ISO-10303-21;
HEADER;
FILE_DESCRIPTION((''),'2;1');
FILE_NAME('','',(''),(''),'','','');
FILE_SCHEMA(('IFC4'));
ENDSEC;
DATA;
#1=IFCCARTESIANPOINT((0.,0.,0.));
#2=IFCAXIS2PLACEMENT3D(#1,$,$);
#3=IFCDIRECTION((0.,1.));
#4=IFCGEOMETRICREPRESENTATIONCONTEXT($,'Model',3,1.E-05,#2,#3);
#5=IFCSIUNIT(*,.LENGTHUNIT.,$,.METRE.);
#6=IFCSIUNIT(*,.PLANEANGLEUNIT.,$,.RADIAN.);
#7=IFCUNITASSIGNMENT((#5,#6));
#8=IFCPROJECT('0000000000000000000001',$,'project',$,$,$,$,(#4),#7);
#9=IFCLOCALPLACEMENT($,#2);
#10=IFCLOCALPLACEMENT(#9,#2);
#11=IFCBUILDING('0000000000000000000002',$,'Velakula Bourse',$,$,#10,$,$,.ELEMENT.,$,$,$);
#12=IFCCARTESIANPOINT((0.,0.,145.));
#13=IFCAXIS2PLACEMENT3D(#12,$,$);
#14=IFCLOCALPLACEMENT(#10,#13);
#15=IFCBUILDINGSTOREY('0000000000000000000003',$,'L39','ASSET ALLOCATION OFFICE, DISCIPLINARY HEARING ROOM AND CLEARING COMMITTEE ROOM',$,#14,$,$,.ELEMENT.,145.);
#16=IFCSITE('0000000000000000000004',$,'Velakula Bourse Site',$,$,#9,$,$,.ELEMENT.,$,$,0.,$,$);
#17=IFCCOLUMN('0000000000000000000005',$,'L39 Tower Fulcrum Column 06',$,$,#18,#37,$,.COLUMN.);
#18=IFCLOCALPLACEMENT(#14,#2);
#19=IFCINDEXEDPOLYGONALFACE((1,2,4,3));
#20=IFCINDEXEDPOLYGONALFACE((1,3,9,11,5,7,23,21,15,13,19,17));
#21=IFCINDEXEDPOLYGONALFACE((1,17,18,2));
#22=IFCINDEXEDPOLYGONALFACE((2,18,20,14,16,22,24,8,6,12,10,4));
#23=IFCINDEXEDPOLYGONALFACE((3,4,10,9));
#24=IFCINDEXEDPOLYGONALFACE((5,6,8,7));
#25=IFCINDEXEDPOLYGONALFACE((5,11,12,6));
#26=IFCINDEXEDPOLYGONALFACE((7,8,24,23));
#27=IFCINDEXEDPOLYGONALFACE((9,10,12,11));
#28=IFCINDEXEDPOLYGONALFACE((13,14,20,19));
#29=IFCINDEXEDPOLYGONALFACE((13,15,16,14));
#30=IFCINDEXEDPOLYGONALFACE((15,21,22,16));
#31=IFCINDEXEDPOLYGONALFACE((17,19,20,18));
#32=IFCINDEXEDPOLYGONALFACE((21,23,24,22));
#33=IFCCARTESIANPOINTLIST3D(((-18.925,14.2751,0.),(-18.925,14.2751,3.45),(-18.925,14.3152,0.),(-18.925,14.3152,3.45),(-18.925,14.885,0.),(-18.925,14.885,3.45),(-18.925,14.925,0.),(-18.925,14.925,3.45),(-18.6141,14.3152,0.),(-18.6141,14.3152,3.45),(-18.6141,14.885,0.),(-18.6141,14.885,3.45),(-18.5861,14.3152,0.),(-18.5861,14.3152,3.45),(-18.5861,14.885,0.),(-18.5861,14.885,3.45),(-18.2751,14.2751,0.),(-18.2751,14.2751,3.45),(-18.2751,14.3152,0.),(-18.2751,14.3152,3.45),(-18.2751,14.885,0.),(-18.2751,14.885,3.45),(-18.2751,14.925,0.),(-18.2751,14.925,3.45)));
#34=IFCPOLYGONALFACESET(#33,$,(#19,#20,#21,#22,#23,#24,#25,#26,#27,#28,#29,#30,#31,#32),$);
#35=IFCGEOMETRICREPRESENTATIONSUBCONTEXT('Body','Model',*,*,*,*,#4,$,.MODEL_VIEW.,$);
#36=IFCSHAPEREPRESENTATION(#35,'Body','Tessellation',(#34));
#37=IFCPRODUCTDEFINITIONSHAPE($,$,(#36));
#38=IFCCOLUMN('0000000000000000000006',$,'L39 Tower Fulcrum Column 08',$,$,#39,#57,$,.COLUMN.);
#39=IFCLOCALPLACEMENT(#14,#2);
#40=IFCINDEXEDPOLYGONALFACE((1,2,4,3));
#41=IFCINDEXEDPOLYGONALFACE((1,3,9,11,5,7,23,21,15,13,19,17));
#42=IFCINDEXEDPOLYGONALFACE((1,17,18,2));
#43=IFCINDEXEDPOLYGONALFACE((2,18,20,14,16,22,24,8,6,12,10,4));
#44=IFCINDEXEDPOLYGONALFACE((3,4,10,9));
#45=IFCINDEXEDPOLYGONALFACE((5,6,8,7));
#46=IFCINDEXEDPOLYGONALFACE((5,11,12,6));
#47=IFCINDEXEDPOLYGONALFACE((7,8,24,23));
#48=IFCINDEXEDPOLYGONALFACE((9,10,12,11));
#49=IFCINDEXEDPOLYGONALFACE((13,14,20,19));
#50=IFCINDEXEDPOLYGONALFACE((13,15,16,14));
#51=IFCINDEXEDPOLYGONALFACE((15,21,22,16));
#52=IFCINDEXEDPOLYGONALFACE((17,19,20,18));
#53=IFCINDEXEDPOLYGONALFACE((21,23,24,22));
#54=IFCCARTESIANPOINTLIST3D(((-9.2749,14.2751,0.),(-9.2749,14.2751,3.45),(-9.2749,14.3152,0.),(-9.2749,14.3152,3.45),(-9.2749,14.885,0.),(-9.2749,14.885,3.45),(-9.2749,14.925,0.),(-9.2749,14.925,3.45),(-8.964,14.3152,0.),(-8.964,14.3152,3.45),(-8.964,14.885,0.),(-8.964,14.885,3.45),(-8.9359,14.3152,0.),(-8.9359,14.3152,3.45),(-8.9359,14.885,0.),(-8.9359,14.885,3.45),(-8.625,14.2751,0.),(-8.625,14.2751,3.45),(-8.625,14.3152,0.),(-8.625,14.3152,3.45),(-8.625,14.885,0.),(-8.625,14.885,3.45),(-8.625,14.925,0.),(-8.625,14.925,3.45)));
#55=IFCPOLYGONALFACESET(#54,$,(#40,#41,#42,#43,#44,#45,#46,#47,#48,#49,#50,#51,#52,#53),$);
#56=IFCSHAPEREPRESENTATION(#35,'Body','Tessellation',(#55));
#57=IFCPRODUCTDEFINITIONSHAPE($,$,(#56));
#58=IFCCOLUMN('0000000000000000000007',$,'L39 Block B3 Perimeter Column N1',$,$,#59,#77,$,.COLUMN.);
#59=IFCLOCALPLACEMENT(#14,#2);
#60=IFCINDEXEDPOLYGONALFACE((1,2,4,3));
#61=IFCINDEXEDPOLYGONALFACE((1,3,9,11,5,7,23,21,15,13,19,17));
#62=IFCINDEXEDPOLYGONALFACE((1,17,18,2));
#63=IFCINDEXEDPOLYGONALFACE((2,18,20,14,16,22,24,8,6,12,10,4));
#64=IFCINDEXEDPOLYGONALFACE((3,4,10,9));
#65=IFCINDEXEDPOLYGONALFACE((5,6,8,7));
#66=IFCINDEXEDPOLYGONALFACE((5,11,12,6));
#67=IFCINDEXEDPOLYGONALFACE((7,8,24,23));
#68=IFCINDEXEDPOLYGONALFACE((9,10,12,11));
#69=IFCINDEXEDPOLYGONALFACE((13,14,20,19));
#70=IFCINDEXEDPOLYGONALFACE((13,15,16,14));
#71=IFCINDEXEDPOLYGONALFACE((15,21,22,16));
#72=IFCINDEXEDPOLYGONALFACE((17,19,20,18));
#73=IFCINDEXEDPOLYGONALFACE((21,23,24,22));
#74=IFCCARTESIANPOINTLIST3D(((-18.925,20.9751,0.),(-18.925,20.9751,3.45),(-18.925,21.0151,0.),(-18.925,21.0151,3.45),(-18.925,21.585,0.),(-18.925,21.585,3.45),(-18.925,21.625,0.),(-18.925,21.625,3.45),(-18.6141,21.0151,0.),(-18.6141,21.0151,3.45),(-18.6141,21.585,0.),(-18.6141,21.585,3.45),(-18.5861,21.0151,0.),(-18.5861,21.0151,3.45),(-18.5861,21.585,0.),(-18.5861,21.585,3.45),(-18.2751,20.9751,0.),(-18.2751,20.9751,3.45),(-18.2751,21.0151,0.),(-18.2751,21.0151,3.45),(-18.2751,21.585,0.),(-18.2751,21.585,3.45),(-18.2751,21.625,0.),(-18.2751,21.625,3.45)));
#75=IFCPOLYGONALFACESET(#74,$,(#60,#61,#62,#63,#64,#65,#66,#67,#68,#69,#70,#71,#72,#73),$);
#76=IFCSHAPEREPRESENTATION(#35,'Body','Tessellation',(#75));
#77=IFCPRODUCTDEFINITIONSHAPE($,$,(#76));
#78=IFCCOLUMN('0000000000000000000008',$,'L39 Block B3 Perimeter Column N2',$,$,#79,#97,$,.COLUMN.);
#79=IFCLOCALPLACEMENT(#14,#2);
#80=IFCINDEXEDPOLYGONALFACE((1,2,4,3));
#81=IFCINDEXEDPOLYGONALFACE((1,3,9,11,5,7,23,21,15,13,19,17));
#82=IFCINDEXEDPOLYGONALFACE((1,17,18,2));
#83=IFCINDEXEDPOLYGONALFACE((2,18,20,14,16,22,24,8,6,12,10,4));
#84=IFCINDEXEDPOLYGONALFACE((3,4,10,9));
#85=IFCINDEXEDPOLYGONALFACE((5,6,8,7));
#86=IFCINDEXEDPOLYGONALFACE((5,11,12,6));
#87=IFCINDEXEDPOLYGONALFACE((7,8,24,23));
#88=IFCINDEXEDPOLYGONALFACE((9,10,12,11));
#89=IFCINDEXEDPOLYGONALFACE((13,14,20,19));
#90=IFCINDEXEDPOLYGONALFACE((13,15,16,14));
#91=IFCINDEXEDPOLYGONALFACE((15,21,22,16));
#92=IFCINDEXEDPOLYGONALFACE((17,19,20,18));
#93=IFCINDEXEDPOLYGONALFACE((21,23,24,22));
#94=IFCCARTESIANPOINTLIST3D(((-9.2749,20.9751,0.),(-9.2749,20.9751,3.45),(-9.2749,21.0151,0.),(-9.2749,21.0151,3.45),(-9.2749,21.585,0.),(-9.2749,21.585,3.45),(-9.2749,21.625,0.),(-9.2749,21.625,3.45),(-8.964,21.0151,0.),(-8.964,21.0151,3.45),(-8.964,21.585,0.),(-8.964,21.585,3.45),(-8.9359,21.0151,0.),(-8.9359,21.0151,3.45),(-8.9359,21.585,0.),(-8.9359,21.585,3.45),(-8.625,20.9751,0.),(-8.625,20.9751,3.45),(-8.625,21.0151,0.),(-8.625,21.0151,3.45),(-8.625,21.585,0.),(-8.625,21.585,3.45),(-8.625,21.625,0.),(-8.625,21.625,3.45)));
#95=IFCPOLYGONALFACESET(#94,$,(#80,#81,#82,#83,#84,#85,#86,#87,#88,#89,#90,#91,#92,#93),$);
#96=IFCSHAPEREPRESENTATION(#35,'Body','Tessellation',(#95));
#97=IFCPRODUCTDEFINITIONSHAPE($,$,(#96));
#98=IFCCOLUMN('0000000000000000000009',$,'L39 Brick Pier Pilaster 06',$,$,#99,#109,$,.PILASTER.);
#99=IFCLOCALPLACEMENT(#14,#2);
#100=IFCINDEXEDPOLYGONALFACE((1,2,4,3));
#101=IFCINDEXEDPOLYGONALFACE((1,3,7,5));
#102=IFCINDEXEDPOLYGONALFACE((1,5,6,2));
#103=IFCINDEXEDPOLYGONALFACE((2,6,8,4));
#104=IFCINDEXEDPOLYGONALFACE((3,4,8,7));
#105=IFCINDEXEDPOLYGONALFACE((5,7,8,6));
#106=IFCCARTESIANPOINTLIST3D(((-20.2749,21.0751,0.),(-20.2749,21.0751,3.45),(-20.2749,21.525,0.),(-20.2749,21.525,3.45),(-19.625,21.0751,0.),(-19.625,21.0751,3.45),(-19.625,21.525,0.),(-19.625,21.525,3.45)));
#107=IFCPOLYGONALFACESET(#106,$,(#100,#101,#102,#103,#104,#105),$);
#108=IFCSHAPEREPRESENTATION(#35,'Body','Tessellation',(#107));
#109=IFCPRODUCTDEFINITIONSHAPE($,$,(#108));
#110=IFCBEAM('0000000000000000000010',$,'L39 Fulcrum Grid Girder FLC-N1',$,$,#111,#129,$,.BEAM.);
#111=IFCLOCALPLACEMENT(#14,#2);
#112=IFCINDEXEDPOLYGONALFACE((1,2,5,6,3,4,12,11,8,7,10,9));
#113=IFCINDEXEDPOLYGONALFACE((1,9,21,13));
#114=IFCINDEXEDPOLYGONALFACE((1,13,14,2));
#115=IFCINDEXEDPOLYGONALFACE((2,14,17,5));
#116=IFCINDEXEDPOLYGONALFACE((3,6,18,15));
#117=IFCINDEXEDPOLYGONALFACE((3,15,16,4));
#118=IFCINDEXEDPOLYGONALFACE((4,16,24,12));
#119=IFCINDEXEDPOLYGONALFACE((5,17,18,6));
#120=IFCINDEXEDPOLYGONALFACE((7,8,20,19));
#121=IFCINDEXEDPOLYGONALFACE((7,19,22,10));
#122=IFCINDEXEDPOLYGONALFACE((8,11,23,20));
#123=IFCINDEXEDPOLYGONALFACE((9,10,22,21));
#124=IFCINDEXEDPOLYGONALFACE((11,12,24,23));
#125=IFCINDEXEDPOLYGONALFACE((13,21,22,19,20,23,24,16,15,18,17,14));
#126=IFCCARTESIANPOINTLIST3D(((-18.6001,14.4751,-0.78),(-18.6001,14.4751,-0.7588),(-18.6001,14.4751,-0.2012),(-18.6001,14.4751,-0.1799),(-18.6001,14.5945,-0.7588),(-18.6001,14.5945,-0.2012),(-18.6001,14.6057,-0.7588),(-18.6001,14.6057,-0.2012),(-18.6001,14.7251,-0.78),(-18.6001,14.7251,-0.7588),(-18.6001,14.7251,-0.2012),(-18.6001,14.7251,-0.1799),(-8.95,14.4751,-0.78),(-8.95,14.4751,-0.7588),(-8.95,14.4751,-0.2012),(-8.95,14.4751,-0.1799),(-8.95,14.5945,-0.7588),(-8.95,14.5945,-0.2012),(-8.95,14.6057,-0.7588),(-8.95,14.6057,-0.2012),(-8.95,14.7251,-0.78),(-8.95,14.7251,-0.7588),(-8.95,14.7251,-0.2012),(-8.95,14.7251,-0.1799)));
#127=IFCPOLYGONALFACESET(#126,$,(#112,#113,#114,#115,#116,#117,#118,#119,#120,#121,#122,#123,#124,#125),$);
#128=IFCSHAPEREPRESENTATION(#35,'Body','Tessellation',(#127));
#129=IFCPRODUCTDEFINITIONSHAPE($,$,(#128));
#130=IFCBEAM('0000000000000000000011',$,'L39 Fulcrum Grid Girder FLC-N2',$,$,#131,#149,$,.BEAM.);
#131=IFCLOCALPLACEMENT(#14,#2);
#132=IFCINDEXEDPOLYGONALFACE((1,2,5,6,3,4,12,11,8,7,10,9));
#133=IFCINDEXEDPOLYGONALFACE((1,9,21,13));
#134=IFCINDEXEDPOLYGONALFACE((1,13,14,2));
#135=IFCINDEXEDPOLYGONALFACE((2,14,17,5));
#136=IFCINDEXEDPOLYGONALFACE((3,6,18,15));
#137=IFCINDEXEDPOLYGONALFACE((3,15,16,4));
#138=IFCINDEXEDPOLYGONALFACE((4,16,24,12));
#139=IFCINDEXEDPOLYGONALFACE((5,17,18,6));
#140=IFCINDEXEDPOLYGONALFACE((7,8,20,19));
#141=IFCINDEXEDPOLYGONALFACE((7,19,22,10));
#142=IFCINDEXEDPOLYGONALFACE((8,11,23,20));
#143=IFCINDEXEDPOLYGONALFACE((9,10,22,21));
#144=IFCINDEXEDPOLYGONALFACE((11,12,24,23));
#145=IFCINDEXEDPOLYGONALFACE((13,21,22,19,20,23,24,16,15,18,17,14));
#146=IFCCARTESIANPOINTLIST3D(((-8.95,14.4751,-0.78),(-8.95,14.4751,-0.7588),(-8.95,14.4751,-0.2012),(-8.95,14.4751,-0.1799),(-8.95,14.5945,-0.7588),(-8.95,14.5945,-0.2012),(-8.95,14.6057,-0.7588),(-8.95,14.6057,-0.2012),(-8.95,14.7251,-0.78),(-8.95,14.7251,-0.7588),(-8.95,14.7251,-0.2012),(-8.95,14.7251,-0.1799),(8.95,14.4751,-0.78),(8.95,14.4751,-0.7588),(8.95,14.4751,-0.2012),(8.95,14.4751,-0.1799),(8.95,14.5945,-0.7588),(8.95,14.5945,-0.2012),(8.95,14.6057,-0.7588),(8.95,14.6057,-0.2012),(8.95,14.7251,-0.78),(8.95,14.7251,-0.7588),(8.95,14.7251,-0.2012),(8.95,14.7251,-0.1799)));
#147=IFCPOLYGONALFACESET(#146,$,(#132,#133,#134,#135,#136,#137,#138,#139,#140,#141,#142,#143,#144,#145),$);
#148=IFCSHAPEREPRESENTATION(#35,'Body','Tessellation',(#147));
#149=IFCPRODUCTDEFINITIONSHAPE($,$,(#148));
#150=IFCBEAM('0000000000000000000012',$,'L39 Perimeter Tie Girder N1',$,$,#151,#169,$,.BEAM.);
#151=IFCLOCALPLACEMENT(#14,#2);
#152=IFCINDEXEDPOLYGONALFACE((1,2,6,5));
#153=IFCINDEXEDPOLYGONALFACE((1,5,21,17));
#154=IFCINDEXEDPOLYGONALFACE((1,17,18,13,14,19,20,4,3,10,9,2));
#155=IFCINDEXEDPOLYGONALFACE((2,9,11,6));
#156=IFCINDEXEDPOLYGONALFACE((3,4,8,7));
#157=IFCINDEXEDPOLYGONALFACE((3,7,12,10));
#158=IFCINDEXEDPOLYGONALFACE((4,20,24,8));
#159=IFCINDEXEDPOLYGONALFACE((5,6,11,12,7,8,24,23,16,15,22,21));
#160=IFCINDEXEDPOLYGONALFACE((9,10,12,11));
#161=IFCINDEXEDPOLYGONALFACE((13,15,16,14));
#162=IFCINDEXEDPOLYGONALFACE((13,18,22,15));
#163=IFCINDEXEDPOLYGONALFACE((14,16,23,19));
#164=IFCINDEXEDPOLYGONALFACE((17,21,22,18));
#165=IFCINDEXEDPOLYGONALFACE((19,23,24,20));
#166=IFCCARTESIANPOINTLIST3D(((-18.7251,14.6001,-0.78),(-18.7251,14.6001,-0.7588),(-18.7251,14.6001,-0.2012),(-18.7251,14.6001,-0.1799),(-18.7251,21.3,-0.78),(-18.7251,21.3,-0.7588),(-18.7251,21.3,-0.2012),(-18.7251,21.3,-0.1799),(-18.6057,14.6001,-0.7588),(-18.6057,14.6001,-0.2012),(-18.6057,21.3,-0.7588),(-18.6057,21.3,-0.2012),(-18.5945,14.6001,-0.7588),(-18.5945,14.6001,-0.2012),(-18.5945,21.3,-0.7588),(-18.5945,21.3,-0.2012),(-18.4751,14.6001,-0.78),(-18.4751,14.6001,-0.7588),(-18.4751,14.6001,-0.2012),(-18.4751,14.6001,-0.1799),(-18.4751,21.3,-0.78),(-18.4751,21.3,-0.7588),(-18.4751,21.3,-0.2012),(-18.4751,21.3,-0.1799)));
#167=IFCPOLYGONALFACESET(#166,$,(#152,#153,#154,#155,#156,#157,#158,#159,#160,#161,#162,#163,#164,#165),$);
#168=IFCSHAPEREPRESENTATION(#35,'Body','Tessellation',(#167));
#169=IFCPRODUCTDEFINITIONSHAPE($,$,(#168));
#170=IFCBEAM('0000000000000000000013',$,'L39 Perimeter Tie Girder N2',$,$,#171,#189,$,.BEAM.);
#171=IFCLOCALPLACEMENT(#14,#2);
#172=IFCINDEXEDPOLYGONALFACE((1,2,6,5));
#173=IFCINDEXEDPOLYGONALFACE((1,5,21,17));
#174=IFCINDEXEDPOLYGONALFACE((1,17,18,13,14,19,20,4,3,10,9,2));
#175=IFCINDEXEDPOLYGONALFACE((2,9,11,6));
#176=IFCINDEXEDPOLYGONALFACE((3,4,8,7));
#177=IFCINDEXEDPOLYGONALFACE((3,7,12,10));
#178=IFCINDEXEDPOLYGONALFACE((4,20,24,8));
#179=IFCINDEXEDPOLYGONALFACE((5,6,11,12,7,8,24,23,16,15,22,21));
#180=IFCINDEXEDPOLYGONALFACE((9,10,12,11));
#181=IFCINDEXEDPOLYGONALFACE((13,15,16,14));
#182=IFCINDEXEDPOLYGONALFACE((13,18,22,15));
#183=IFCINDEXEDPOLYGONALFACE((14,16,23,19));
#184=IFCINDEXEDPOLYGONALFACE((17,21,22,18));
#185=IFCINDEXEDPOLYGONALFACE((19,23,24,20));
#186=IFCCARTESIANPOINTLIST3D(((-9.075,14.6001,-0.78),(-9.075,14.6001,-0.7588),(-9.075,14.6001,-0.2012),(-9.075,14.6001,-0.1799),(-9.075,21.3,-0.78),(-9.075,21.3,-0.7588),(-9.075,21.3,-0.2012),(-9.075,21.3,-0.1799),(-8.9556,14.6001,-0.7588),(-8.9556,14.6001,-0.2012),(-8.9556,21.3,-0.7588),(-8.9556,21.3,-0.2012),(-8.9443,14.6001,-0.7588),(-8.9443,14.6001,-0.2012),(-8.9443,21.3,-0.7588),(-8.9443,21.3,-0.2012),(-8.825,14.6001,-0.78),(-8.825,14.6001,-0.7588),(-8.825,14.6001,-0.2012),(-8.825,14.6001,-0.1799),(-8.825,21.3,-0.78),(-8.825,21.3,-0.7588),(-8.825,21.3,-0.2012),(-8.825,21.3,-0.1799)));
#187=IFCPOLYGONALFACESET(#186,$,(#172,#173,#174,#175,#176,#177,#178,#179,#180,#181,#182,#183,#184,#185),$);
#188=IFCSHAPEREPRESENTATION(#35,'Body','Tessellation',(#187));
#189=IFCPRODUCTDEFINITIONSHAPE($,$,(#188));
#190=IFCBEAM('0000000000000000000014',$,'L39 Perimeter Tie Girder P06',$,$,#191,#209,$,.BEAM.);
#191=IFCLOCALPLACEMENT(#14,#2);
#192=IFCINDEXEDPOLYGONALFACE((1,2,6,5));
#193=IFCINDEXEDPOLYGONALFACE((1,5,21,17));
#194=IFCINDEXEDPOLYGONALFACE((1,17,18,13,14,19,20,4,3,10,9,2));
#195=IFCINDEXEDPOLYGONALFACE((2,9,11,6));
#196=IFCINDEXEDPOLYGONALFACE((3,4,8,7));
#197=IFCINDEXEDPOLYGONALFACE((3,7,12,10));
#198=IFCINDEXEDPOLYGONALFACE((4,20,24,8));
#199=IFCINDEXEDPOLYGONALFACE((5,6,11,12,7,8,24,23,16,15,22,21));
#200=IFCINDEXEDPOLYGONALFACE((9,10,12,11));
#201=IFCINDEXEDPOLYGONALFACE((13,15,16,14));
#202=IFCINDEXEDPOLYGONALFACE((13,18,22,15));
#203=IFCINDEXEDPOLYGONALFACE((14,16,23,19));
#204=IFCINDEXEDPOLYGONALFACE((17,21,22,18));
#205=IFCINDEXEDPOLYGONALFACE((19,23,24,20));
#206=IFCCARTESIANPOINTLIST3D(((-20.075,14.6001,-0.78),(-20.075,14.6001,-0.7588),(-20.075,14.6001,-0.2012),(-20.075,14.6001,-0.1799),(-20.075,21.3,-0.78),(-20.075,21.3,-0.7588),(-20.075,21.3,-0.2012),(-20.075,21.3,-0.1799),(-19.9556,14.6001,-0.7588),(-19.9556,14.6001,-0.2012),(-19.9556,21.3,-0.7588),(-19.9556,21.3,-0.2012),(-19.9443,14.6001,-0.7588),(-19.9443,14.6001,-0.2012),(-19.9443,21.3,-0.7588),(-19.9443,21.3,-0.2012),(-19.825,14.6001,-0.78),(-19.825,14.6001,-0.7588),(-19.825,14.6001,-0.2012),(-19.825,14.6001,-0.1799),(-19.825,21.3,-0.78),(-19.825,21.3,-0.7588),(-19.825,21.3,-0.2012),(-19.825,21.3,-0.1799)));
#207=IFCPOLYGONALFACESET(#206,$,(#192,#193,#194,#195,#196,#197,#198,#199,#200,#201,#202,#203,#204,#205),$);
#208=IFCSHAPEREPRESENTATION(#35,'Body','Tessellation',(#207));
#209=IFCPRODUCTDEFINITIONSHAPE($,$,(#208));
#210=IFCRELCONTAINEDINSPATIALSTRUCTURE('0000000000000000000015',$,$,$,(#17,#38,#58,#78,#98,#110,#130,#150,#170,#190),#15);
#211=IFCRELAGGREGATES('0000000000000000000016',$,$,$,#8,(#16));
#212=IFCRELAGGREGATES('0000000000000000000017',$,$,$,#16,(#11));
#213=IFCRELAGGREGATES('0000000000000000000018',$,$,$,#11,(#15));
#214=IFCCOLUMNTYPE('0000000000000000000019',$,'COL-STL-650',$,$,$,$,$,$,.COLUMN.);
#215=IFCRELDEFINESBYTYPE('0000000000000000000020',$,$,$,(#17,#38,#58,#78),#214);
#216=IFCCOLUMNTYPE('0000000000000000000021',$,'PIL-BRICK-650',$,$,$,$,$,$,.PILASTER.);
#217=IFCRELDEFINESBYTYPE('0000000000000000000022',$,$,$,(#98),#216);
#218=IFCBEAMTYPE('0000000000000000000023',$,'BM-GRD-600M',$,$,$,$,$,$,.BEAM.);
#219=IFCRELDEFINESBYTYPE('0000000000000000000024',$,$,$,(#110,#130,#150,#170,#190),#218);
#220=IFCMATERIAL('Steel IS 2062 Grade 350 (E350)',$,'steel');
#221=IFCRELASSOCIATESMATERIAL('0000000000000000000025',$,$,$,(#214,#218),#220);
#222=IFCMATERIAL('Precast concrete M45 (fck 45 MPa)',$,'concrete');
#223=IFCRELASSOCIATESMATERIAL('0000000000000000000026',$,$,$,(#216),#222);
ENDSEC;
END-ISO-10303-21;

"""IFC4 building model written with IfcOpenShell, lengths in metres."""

from ifc_helpers import new_model, si_unit, direction, frame, origin, origin_2d, place, context, subcontext, project, spatial, rectangle, i_section, extrude, material, material_profile, profile_set, type_object, element, save


model = new_model("IFC4")

# Units and contexts
model_context = context("Model", 3, precision=1e-05, world=origin(), true_north=direction((0.0, 1.0)))
body_context = subcontext(model_context, "Body", "Model", "MODEL_VIEW")
ifc_project = project(units=[si_unit("LENGTHUNIT", "METRE"), si_unit("PLANEANGLEUNIT", "RADIAN")], contexts=[model_context])

# Site, building, storey
site_placement = place(None, origin())
site = spatial("IfcSite", under=ifc_project, at=site_placement, Name="Velakula Bourse Site", CompositionType="ELEMENT", RefElevation=0.0)
building_placement = place(site_placement, origin())
building = spatial("IfcBuilding", under=site, at=building_placement, Name="Velakula Bourse", CompositionType="ELEMENT")
storey_placement = place(building_placement, frame((0.0, 0.0, 145.0)))
storey = spatial("IfcBuildingStorey", under=building, at=storey_placement, Name="L39", Description="ASSET ALLOCATION OFFICE, DISCIPLINARY HEARING ROOM AND CLEARING COMMITTEE ROOM", CompositionType="ELEMENT", Elevation=145.0)

# Columns
ifc_material_1 = material(Name="Steel IS 2062 Grade 350 (E350)", Category="steel")
ifc_material_profile_1 = material_profile(ifc_material_1, i_section(OverallWidth=0.6499, OverallDepth=0.6499, WebThickness=0.0281, FlangeThickness=0.04, at=origin_2d()), Name="Steel IS 2062 Grade 350 (E350)")
ifc_profile_set_1 = profile_set([ifc_material_profile_1], Name="Steel IS 2062 Grade 350 (E350)")
column_type_1 = type_object("IfcColumnType", Name="COL-STL-650", PredefinedType="COLUMN", material=ifc_profile_set_1)
for number, where, z_axis, x_axis, name in (
    (1, (-18.6001, 14.6001, 0.0), (0.0, 0.0, 1.0), (1.0, 0.0, 0.0), "L39 Tower Fulcrum Column 06"),
    (2, (-8.95, 14.6001, 0.0), (0.0, 0.0, 1.0), (1.0, 0.0, 0.0), "L39 Tower Fulcrum Column 08"),
    (3, (-18.6001, 21.3, 0.0), (0.0, 0.0, 1.0), (1.0, 0.0, 0.0), "L39 Block B3 Perimeter Column N1"),
    (4, (-8.95, 21.3, 0.0), (0.0, 0.0, 1.0), (1.0, 0.0, 0.0), "L39 Block B3 Perimeter Column N2"),
):
    element("IfcColumn", number, at=place(storey_placement, frame(where, z_axis=z_axis, x_axis=x_axis)), inside=storey, type_object=column_type_1, Name=name, PredefinedType="COLUMN", context=body_context, shape_type="SweptSolid", body=[
        extrude(i_section(OverallWidth=0.6499, OverallDepth=0.6499, WebThickness=0.0281, FlangeThickness=0.04, at=origin_2d()), origin(), (0.0, 0.0, 1.0), 3.45),
    ])
ifc_material_2 = material(Name="Precast concrete M45 (fck 45 MPa)", Category="concrete")
ifc_material_profile_2 = material_profile(ifc_material_2, rectangle(XDim=0.6499, YDim=0.45, at=origin_2d()), Name="Precast concrete M45 (fck 45 MPa)")
ifc_profile_set_2 = profile_set([ifc_material_profile_2], Name="Precast concrete M45 (fck 45 MPa)")
column_type_2 = type_object("IfcColumnType", Name="PIL-BRICK-650", PredefinedType="PILASTER", material=ifc_profile_set_2)
column_placement = place(storey_placement, frame((-19.95, 21.3, 0.0), z_axis=(0.0, 0.0, 1.0), x_axis=(1.0, 0.0, 0.0)))
element("IfcColumn", 5, at=column_placement, inside=storey, type_object=column_type_2, Name="L39 Brick Pier Pilaster 06", PredefinedType="PILASTER", context=body_context, shape_type="SweptSolid", body=[
    extrude(rectangle(XDim=0.6499, YDim=0.45, at=origin_2d()), origin(), (0.0, 0.0, 1.0), 3.45),
])

# Beams
ifc_material_profile_3 = material_profile(ifc_material_1, i_section(OverallWidth=0.25, OverallDepth=0.6001, WebThickness=0.0112, FlangeThickness=0.0212, at=origin_2d()), Name="Steel IS 2062 Grade 350 (E350)")
ifc_profile_set_3 = profile_set([ifc_material_profile_3], Name="Steel IS 2062 Grade 350 (E350)")
beam_type_1 = type_object("IfcBeamType", Name="BM-GRD-600M", PredefinedType="BEAM", material=ifc_profile_set_3)
beam_1_placement = place(storey_placement, frame((-18.6001, 14.6001, -0.48), z_axis=(1.0, 0.0, 0.0), x_axis=(0.0, 1.0, 0.0)))
element("IfcBeam", 6, at=beam_1_placement, inside=storey, type_object=beam_type_1, Name="L39 Fulcrum Grid Girder FLC-N1", PredefinedType="BEAM", context=body_context, shape_type="SweptSolid", body=[
    extrude(i_section(OverallWidth=0.25, OverallDepth=0.6001, WebThickness=0.0112, FlangeThickness=0.0212, at=origin_2d()), origin(), (0.0, 0.0, 1.0), 9.6501),
])
beam_2_placement = place(storey_placement, frame((-8.95, 14.6001, -0.48), z_axis=(1.0, 0.0, 0.0), x_axis=(0.0, 1.0, 0.0)))
element("IfcBeam", 7, at=beam_2_placement, inside=storey, type_object=beam_type_1, Name="L39 Fulcrum Grid Girder FLC-N2", PredefinedType="BEAM", context=body_context, shape_type="SweptSolid", body=[
    extrude(i_section(OverallWidth=0.25, OverallDepth=0.6001, WebThickness=0.0112, FlangeThickness=0.0212, at=origin_2d()), origin(), (0.0, 0.0, 1.0), 17.8999),
])
for number, where, z_axis, x_axis, name in (
    (8, (-18.6001, 14.6001, -0.48), (0.0, 1.0, 0.0), (-1.0, 0.0, 0.0), "L39 Perimeter Tie Girder N1"),
    (9, (-8.95, 14.6001, -0.48), (0.0, 1.0, 0.0), (-1.0, 0.0, 0.0), "L39 Perimeter Tie Girder N2"),
    (10, (-19.95, 14.6001, -0.48), (0.0, 1.0, 0.0), (-1.0, 0.0, 0.0), "L39 Perimeter Tie Girder P06"),
):
    element("IfcBeam", number, at=place(storey_placement, frame(where, z_axis=z_axis, x_axis=x_axis)), inside=storey, type_object=beam_type_1, Name=name, PredefinedType="BEAM", context=body_context, shape_type="SweptSolid", body=[
        extrude(i_section(OverallWidth=0.25, OverallDepth=0.6001, WebThickness=0.0112, FlangeThickness=0.0212, at=origin_2d()), origin(), (0.0, 0.0, 1.0), 6.7),
    ])

save(model, "model.ifc")
